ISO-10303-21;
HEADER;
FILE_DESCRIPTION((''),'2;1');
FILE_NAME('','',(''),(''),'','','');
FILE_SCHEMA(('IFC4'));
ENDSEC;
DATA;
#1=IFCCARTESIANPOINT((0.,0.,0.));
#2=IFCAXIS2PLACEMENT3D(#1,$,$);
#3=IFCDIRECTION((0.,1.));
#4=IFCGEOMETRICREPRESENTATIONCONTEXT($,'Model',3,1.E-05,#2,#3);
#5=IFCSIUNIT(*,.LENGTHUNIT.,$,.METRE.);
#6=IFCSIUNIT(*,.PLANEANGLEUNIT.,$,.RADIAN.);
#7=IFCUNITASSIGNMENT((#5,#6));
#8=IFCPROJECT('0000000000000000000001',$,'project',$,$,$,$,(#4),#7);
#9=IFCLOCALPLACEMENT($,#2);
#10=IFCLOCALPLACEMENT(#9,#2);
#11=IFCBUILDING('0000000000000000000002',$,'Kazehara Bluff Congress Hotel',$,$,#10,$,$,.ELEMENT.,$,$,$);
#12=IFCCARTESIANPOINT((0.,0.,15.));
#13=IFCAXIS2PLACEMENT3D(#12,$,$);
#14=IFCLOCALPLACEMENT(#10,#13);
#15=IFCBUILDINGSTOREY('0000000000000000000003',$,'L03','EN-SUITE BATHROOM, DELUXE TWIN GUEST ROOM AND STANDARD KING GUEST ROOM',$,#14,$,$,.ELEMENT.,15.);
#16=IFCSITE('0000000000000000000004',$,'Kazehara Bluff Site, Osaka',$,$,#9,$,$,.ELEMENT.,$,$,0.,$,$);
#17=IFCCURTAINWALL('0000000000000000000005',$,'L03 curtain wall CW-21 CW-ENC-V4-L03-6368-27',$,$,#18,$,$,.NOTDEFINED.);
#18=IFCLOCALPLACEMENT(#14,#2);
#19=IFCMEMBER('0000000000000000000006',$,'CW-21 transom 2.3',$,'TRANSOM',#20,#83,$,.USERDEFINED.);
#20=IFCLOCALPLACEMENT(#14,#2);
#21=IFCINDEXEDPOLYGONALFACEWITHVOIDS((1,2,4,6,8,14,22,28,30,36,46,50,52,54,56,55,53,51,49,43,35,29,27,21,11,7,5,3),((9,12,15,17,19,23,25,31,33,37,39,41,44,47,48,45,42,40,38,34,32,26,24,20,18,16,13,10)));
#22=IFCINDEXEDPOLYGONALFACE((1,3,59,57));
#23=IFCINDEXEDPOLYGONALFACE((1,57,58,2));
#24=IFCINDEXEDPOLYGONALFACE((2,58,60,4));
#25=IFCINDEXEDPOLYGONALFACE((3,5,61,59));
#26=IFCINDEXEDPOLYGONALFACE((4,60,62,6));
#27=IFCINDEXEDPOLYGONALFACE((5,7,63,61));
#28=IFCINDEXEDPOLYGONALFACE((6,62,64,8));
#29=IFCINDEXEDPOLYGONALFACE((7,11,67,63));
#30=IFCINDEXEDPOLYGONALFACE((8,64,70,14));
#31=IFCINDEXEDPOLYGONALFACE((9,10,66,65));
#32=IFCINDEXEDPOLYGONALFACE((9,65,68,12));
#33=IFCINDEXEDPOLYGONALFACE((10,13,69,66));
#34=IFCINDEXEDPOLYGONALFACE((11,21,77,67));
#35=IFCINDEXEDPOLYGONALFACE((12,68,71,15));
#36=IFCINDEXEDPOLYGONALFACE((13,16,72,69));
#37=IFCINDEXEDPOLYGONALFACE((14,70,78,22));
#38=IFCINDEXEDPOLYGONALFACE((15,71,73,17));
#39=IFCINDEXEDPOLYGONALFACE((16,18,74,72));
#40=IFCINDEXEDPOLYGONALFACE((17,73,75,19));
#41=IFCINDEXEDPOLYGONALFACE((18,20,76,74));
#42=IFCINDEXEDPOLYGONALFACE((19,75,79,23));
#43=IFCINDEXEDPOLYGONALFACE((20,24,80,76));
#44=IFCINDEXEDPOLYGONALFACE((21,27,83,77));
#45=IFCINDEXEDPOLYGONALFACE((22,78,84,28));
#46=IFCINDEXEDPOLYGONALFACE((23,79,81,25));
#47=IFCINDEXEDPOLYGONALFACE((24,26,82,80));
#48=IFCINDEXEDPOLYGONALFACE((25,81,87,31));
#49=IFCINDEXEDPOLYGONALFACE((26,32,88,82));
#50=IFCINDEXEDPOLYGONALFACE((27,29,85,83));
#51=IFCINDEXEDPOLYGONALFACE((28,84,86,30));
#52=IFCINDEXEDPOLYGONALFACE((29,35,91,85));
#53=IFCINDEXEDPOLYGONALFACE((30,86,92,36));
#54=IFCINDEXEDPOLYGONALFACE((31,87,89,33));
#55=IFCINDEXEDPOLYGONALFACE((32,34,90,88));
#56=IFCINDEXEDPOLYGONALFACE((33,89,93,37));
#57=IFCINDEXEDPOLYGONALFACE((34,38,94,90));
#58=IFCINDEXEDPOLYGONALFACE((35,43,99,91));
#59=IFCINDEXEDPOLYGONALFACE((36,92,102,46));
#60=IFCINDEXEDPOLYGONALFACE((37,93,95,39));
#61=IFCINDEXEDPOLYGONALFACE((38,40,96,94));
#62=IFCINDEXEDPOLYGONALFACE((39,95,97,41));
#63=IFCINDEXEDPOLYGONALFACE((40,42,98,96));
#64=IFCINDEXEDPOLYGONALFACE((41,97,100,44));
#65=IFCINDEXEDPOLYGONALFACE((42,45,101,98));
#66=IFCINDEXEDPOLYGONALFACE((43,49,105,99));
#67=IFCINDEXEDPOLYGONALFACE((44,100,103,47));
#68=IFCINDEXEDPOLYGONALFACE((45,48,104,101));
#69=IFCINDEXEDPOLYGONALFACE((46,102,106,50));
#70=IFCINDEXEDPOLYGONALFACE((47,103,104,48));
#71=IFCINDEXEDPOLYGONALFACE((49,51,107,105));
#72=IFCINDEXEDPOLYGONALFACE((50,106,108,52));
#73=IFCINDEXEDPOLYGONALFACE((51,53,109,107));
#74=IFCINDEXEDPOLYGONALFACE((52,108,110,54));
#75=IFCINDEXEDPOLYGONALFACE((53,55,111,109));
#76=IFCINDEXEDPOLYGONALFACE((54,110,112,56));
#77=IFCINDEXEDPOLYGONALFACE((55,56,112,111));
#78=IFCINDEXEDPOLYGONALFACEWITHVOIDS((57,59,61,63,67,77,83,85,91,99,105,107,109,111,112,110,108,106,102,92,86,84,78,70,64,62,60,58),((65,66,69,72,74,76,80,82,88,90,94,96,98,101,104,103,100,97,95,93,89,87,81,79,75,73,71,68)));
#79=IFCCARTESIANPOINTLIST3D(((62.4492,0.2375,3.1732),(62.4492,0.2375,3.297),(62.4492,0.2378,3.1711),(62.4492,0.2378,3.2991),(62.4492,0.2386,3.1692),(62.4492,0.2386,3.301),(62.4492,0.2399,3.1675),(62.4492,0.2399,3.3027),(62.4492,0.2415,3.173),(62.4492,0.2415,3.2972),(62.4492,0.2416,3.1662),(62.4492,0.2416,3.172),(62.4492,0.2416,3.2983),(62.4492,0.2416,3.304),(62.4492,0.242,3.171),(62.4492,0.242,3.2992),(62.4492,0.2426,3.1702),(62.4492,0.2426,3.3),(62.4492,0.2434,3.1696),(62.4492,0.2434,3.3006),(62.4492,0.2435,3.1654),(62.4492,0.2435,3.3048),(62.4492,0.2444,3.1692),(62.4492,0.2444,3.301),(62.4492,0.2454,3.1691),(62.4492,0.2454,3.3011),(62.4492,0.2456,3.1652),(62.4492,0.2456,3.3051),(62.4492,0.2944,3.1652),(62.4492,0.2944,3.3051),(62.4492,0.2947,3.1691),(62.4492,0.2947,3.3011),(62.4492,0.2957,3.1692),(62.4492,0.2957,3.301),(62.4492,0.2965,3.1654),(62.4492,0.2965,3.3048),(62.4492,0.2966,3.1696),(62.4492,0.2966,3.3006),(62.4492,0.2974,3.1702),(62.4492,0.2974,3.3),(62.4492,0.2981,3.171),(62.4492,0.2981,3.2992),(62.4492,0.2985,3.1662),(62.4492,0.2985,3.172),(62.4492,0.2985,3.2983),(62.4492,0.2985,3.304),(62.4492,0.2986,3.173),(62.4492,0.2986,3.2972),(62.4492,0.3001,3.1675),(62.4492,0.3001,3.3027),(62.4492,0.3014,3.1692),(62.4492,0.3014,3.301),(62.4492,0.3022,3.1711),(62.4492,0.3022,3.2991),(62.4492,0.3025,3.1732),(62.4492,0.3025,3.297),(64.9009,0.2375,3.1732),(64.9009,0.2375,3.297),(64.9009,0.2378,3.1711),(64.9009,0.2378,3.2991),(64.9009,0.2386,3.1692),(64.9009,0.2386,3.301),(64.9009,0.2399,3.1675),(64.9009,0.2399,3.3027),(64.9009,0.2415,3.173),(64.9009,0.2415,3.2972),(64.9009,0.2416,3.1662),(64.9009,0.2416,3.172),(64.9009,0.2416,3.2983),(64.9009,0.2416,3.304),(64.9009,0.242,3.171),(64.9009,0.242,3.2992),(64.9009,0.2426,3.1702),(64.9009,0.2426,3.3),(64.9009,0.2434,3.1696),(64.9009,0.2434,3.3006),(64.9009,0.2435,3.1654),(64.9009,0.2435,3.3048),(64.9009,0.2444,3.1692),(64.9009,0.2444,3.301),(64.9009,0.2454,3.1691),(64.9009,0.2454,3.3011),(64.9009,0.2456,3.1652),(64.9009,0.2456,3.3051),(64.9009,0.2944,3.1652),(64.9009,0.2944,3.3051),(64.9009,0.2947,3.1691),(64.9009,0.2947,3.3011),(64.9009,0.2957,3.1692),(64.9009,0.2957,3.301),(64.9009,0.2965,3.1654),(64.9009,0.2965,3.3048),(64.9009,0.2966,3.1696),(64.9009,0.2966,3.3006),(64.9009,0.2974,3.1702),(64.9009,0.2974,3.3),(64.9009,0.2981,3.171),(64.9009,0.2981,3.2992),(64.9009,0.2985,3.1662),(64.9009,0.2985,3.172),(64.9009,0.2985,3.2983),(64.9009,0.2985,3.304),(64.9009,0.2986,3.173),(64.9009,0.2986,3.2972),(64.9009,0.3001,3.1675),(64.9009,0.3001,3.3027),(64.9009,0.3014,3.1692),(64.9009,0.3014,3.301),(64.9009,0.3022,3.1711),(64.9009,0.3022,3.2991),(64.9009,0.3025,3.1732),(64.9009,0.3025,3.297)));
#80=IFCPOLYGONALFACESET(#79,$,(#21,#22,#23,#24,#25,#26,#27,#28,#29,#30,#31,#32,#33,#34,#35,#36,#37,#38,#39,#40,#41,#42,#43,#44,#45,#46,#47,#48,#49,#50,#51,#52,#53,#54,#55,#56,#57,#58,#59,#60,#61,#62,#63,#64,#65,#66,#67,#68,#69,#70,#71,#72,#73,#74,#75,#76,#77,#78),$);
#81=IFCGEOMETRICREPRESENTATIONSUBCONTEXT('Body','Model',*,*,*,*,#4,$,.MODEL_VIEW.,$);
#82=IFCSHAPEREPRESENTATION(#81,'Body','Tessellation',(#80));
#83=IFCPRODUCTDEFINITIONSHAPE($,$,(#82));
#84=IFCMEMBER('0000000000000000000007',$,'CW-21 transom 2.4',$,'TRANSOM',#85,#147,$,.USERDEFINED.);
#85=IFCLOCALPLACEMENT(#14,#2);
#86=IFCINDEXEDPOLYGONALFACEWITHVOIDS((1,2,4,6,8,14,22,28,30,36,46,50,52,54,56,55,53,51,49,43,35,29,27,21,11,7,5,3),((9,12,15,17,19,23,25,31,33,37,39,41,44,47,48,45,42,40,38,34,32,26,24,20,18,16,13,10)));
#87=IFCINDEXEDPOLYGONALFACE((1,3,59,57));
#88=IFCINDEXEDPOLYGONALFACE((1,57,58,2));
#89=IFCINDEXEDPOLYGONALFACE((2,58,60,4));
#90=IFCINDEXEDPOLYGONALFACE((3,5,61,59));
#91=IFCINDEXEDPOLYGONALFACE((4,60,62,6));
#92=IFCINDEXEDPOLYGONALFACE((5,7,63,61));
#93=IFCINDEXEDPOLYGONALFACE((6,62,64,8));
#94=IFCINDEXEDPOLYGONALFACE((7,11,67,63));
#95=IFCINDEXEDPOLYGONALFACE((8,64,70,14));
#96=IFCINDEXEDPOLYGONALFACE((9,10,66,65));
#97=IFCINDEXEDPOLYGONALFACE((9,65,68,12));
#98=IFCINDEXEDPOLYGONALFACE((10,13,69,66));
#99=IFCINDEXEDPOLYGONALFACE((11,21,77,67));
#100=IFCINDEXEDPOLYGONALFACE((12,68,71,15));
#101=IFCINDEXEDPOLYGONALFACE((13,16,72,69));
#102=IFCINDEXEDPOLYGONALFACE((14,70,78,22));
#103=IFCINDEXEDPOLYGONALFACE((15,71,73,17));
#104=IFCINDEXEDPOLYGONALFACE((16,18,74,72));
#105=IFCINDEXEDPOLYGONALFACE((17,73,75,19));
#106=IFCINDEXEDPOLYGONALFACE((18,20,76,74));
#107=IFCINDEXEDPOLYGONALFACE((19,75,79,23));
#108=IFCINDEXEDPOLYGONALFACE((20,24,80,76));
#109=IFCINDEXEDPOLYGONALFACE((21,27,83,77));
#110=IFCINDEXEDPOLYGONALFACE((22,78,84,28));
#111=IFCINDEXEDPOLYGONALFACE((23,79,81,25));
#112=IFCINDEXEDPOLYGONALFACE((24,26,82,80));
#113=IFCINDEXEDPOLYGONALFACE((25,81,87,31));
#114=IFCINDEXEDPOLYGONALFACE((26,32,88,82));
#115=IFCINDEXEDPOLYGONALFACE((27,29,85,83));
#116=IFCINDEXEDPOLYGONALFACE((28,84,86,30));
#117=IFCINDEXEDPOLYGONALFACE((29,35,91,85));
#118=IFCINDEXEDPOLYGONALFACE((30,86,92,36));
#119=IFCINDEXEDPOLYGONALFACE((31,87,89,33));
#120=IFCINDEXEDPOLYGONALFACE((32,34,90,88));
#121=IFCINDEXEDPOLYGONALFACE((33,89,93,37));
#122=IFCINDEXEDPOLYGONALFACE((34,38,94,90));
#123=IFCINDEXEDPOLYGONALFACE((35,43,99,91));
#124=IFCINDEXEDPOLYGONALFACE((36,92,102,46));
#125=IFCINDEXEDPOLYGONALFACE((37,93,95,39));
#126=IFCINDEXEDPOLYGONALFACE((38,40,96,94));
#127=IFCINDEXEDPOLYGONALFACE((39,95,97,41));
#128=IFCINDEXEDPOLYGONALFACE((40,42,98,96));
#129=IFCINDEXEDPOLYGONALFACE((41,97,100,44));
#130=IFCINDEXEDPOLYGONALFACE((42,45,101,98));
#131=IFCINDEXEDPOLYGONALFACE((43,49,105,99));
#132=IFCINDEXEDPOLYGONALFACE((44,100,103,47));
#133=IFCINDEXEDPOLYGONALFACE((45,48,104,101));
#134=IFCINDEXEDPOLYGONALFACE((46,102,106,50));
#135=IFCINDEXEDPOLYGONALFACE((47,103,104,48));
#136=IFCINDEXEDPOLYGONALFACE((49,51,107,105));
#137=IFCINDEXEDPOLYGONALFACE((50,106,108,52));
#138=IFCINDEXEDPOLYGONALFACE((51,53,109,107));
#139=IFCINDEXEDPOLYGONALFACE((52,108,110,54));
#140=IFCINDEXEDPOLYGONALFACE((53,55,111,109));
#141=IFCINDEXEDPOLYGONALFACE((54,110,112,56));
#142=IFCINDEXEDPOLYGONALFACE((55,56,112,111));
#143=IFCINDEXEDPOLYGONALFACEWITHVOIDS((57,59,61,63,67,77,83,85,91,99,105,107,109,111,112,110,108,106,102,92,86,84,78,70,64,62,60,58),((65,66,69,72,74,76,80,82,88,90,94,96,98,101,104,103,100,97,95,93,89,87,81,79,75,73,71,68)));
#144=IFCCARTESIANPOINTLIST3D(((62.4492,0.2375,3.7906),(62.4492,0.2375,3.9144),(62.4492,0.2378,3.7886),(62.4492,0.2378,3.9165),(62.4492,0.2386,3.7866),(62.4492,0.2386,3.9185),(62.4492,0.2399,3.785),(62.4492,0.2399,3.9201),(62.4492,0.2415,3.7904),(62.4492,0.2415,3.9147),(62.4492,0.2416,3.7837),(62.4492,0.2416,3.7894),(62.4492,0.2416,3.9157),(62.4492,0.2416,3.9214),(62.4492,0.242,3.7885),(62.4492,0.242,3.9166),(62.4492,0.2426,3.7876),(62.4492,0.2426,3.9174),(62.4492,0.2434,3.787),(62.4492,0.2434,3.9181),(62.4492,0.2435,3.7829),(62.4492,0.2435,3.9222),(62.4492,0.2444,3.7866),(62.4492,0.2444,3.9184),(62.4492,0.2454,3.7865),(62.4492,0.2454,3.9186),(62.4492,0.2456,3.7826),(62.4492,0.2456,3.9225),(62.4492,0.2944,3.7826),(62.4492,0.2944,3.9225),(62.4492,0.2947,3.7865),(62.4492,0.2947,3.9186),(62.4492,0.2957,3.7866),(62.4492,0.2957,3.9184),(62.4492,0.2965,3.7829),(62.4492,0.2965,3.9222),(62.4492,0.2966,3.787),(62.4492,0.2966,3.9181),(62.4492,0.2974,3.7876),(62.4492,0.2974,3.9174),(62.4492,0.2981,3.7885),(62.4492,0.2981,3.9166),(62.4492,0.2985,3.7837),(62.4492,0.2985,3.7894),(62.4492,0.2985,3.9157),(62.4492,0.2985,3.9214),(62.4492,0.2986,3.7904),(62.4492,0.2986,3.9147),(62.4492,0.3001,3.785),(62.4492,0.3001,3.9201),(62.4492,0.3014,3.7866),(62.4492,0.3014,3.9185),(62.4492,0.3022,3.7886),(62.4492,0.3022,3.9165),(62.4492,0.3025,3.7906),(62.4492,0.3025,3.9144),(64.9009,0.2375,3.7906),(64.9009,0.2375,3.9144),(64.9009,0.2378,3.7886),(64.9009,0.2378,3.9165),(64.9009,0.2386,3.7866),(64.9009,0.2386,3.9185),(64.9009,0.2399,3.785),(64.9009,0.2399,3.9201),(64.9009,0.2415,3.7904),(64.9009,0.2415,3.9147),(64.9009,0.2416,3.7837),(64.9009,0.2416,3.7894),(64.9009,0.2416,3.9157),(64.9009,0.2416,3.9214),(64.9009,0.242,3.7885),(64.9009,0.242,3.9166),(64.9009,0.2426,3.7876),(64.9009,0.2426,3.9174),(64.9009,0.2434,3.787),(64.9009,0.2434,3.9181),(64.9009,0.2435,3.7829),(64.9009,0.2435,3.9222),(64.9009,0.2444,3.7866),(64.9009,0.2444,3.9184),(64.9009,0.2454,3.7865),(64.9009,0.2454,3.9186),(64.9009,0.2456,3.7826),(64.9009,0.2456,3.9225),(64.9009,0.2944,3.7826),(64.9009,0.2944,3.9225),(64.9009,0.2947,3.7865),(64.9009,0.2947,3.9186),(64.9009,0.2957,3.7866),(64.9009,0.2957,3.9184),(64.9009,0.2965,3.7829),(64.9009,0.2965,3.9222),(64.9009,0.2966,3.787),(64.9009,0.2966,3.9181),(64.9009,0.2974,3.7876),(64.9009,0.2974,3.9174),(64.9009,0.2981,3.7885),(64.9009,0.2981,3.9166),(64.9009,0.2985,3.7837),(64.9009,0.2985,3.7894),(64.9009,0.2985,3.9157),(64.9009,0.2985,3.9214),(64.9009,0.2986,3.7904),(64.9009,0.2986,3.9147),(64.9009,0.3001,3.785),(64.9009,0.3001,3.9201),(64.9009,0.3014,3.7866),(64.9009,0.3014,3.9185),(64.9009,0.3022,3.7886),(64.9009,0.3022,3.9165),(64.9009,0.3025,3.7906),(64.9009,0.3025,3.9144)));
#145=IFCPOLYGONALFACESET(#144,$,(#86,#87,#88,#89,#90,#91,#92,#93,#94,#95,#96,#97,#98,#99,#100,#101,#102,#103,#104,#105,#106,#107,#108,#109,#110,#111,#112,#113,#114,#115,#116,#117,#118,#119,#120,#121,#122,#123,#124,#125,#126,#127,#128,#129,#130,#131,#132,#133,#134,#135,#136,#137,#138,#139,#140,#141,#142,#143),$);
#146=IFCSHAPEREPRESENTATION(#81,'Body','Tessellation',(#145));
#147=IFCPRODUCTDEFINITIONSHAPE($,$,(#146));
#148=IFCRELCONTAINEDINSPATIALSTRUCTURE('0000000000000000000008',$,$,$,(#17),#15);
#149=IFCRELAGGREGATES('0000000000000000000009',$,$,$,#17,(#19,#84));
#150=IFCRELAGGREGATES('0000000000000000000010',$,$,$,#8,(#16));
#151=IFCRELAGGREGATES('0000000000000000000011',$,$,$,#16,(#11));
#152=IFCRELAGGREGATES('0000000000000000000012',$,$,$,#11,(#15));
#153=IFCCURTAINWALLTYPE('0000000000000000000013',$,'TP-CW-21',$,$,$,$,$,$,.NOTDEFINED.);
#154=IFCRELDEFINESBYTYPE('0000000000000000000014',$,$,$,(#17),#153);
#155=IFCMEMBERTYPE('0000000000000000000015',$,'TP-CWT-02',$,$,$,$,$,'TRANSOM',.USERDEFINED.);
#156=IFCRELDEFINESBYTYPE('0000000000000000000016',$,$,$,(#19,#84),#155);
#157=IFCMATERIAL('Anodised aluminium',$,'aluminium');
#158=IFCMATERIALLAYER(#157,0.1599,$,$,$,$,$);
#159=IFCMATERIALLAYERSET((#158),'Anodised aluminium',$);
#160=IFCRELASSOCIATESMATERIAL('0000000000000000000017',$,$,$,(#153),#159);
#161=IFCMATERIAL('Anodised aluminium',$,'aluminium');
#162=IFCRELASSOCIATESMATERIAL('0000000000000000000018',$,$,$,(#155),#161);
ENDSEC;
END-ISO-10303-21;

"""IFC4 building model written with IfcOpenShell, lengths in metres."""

from ifc_helpers import new_model, si_unit, direction, frame, origin, origin_2d, place, context, subcontext, project, spatial, hollow_rectangle, extrude, material, layer, layer_set, material_profile, profile_set, type_object, element, aggregate, save


model = new_model("IFC4")

# Units and contexts
model_context = context("Model", 3, precision=1e-05, world=origin(), true_north=direction((0.0, 1.0)))
body_context = subcontext(model_context, "Body", "Model", "MODEL_VIEW")
ifc_project = project(units=[si_unit("LENGTHUNIT", "METRE"), si_unit("PLANEANGLEUNIT", "RADIAN")], contexts=[model_context])

# Site, building, storey
site_placement = place(None, origin())
site = spatial("IfcSite", under=ifc_project, at=site_placement, Name="Kazehara Bluff Site, Osaka", CompositionType="ELEMENT", RefElevation=0.0)
building_placement = place(site_placement, origin())
building = spatial("IfcBuilding", under=site, at=building_placement, Name="Kazehara Bluff Congress Hotel", CompositionType="ELEMENT")
storey_placement = place(building_placement, frame((0.0, 0.0, 15.0)))
storey = spatial("IfcBuildingStorey", under=building, at=storey_placement, Name="L03", Description="EN-SUITE BATHROOM, DELUXE TWIN GUEST ROOM AND STANDARD KING GUEST ROOM", CompositionType="ELEMENT", Elevation=15.0)

# Curtain wall, members
ifc_material_1 = material(Name="Anodised aluminium", Category="aluminium")
ifc_layer_1 = layer(ifc_material_1, 0.1599)
ifc_layer_set_1 = layer_set([ifc_layer_1], Name="Anodised aluminium")
curtain_wall_type = type_object("IfcCurtainWallType", Name="TP-CW-21", PredefinedType="NOTDEFINED", material=ifc_layer_set_1)
curtain_wall_placement = place(storey_placement, origin())
curtain_wall = element("IfcCurtainWall", 1, at=curtain_wall_placement, inside=storey, type_object=curtain_wall_type, Name="L03 curtain wall CW-21 CW-ENC-V4-L03-6368-27", PredefinedType="NOTDEFINED")
ifc_material_2 = material(Name="Anodised aluminium", Category="aluminium")
ifc_material_profile_1 = material_profile(ifc_material_2, hollow_rectangle(XDim=0.0649, YDim=0.1399, WallThickness=0.0039, InnerFilletRadius=0.0039, OuterFilletRadius=0.0081, at=origin_2d()))
ifc_profile_set_1 = profile_set([ifc_material_profile_1], Name="Anodised aluminium")
member_type_1 = type_object("IfcMemberType", Name="TP-CWT-02", ElementType="TRANSOM", PredefinedType="USERDEFINED", material=ifc_profile_set_1)
member_1_placement = place(storey_placement, frame((64.9009, 0.27, 3.2351), z_axis=(-1.0, 0.0, 0.0), x_axis=(0.0, -1.0, 0.0)))
member_1 = element("IfcMember", 2, at=member_1_placement, type_object=member_type_1, Name="CW-21 transom 2.3", ObjectType="TRANSOM", PredefinedType="USERDEFINED", context=body_context, shape_type="SweptSolid", body=[
    extrude(hollow_rectangle(XDim=0.0649, YDim=0.1399, WallThickness=0.0039, InnerFilletRadius=0.0039, OuterFilletRadius=0.0081, at=origin_2d()), origin(), (0.0, 0.0, 1.0), 2.4517),
])
member_2_placement = place(storey_placement, frame((64.9009, 0.27, 3.8525), z_axis=(-1.0, 0.0, 0.0), x_axis=(0.0, -1.0, 0.0)))
member_2 = element("IfcMember", 3, at=member_2_placement, type_object=member_type_1, Name="CW-21 transom 2.4", ObjectType="TRANSOM", PredefinedType="USERDEFINED", context=body_context, shape_type="SweptSolid", body=[
    extrude(hollow_rectangle(XDim=0.0649, YDim=0.1399, WallThickness=0.0039, InnerFilletRadius=0.0039, OuterFilletRadius=0.0081, at=origin_2d()), origin(), (0.0, 0.0, 1.0), 2.4517),
])

aggregate(curtain_wall, [member_1, member_2])

save(model, "model.ifc")
